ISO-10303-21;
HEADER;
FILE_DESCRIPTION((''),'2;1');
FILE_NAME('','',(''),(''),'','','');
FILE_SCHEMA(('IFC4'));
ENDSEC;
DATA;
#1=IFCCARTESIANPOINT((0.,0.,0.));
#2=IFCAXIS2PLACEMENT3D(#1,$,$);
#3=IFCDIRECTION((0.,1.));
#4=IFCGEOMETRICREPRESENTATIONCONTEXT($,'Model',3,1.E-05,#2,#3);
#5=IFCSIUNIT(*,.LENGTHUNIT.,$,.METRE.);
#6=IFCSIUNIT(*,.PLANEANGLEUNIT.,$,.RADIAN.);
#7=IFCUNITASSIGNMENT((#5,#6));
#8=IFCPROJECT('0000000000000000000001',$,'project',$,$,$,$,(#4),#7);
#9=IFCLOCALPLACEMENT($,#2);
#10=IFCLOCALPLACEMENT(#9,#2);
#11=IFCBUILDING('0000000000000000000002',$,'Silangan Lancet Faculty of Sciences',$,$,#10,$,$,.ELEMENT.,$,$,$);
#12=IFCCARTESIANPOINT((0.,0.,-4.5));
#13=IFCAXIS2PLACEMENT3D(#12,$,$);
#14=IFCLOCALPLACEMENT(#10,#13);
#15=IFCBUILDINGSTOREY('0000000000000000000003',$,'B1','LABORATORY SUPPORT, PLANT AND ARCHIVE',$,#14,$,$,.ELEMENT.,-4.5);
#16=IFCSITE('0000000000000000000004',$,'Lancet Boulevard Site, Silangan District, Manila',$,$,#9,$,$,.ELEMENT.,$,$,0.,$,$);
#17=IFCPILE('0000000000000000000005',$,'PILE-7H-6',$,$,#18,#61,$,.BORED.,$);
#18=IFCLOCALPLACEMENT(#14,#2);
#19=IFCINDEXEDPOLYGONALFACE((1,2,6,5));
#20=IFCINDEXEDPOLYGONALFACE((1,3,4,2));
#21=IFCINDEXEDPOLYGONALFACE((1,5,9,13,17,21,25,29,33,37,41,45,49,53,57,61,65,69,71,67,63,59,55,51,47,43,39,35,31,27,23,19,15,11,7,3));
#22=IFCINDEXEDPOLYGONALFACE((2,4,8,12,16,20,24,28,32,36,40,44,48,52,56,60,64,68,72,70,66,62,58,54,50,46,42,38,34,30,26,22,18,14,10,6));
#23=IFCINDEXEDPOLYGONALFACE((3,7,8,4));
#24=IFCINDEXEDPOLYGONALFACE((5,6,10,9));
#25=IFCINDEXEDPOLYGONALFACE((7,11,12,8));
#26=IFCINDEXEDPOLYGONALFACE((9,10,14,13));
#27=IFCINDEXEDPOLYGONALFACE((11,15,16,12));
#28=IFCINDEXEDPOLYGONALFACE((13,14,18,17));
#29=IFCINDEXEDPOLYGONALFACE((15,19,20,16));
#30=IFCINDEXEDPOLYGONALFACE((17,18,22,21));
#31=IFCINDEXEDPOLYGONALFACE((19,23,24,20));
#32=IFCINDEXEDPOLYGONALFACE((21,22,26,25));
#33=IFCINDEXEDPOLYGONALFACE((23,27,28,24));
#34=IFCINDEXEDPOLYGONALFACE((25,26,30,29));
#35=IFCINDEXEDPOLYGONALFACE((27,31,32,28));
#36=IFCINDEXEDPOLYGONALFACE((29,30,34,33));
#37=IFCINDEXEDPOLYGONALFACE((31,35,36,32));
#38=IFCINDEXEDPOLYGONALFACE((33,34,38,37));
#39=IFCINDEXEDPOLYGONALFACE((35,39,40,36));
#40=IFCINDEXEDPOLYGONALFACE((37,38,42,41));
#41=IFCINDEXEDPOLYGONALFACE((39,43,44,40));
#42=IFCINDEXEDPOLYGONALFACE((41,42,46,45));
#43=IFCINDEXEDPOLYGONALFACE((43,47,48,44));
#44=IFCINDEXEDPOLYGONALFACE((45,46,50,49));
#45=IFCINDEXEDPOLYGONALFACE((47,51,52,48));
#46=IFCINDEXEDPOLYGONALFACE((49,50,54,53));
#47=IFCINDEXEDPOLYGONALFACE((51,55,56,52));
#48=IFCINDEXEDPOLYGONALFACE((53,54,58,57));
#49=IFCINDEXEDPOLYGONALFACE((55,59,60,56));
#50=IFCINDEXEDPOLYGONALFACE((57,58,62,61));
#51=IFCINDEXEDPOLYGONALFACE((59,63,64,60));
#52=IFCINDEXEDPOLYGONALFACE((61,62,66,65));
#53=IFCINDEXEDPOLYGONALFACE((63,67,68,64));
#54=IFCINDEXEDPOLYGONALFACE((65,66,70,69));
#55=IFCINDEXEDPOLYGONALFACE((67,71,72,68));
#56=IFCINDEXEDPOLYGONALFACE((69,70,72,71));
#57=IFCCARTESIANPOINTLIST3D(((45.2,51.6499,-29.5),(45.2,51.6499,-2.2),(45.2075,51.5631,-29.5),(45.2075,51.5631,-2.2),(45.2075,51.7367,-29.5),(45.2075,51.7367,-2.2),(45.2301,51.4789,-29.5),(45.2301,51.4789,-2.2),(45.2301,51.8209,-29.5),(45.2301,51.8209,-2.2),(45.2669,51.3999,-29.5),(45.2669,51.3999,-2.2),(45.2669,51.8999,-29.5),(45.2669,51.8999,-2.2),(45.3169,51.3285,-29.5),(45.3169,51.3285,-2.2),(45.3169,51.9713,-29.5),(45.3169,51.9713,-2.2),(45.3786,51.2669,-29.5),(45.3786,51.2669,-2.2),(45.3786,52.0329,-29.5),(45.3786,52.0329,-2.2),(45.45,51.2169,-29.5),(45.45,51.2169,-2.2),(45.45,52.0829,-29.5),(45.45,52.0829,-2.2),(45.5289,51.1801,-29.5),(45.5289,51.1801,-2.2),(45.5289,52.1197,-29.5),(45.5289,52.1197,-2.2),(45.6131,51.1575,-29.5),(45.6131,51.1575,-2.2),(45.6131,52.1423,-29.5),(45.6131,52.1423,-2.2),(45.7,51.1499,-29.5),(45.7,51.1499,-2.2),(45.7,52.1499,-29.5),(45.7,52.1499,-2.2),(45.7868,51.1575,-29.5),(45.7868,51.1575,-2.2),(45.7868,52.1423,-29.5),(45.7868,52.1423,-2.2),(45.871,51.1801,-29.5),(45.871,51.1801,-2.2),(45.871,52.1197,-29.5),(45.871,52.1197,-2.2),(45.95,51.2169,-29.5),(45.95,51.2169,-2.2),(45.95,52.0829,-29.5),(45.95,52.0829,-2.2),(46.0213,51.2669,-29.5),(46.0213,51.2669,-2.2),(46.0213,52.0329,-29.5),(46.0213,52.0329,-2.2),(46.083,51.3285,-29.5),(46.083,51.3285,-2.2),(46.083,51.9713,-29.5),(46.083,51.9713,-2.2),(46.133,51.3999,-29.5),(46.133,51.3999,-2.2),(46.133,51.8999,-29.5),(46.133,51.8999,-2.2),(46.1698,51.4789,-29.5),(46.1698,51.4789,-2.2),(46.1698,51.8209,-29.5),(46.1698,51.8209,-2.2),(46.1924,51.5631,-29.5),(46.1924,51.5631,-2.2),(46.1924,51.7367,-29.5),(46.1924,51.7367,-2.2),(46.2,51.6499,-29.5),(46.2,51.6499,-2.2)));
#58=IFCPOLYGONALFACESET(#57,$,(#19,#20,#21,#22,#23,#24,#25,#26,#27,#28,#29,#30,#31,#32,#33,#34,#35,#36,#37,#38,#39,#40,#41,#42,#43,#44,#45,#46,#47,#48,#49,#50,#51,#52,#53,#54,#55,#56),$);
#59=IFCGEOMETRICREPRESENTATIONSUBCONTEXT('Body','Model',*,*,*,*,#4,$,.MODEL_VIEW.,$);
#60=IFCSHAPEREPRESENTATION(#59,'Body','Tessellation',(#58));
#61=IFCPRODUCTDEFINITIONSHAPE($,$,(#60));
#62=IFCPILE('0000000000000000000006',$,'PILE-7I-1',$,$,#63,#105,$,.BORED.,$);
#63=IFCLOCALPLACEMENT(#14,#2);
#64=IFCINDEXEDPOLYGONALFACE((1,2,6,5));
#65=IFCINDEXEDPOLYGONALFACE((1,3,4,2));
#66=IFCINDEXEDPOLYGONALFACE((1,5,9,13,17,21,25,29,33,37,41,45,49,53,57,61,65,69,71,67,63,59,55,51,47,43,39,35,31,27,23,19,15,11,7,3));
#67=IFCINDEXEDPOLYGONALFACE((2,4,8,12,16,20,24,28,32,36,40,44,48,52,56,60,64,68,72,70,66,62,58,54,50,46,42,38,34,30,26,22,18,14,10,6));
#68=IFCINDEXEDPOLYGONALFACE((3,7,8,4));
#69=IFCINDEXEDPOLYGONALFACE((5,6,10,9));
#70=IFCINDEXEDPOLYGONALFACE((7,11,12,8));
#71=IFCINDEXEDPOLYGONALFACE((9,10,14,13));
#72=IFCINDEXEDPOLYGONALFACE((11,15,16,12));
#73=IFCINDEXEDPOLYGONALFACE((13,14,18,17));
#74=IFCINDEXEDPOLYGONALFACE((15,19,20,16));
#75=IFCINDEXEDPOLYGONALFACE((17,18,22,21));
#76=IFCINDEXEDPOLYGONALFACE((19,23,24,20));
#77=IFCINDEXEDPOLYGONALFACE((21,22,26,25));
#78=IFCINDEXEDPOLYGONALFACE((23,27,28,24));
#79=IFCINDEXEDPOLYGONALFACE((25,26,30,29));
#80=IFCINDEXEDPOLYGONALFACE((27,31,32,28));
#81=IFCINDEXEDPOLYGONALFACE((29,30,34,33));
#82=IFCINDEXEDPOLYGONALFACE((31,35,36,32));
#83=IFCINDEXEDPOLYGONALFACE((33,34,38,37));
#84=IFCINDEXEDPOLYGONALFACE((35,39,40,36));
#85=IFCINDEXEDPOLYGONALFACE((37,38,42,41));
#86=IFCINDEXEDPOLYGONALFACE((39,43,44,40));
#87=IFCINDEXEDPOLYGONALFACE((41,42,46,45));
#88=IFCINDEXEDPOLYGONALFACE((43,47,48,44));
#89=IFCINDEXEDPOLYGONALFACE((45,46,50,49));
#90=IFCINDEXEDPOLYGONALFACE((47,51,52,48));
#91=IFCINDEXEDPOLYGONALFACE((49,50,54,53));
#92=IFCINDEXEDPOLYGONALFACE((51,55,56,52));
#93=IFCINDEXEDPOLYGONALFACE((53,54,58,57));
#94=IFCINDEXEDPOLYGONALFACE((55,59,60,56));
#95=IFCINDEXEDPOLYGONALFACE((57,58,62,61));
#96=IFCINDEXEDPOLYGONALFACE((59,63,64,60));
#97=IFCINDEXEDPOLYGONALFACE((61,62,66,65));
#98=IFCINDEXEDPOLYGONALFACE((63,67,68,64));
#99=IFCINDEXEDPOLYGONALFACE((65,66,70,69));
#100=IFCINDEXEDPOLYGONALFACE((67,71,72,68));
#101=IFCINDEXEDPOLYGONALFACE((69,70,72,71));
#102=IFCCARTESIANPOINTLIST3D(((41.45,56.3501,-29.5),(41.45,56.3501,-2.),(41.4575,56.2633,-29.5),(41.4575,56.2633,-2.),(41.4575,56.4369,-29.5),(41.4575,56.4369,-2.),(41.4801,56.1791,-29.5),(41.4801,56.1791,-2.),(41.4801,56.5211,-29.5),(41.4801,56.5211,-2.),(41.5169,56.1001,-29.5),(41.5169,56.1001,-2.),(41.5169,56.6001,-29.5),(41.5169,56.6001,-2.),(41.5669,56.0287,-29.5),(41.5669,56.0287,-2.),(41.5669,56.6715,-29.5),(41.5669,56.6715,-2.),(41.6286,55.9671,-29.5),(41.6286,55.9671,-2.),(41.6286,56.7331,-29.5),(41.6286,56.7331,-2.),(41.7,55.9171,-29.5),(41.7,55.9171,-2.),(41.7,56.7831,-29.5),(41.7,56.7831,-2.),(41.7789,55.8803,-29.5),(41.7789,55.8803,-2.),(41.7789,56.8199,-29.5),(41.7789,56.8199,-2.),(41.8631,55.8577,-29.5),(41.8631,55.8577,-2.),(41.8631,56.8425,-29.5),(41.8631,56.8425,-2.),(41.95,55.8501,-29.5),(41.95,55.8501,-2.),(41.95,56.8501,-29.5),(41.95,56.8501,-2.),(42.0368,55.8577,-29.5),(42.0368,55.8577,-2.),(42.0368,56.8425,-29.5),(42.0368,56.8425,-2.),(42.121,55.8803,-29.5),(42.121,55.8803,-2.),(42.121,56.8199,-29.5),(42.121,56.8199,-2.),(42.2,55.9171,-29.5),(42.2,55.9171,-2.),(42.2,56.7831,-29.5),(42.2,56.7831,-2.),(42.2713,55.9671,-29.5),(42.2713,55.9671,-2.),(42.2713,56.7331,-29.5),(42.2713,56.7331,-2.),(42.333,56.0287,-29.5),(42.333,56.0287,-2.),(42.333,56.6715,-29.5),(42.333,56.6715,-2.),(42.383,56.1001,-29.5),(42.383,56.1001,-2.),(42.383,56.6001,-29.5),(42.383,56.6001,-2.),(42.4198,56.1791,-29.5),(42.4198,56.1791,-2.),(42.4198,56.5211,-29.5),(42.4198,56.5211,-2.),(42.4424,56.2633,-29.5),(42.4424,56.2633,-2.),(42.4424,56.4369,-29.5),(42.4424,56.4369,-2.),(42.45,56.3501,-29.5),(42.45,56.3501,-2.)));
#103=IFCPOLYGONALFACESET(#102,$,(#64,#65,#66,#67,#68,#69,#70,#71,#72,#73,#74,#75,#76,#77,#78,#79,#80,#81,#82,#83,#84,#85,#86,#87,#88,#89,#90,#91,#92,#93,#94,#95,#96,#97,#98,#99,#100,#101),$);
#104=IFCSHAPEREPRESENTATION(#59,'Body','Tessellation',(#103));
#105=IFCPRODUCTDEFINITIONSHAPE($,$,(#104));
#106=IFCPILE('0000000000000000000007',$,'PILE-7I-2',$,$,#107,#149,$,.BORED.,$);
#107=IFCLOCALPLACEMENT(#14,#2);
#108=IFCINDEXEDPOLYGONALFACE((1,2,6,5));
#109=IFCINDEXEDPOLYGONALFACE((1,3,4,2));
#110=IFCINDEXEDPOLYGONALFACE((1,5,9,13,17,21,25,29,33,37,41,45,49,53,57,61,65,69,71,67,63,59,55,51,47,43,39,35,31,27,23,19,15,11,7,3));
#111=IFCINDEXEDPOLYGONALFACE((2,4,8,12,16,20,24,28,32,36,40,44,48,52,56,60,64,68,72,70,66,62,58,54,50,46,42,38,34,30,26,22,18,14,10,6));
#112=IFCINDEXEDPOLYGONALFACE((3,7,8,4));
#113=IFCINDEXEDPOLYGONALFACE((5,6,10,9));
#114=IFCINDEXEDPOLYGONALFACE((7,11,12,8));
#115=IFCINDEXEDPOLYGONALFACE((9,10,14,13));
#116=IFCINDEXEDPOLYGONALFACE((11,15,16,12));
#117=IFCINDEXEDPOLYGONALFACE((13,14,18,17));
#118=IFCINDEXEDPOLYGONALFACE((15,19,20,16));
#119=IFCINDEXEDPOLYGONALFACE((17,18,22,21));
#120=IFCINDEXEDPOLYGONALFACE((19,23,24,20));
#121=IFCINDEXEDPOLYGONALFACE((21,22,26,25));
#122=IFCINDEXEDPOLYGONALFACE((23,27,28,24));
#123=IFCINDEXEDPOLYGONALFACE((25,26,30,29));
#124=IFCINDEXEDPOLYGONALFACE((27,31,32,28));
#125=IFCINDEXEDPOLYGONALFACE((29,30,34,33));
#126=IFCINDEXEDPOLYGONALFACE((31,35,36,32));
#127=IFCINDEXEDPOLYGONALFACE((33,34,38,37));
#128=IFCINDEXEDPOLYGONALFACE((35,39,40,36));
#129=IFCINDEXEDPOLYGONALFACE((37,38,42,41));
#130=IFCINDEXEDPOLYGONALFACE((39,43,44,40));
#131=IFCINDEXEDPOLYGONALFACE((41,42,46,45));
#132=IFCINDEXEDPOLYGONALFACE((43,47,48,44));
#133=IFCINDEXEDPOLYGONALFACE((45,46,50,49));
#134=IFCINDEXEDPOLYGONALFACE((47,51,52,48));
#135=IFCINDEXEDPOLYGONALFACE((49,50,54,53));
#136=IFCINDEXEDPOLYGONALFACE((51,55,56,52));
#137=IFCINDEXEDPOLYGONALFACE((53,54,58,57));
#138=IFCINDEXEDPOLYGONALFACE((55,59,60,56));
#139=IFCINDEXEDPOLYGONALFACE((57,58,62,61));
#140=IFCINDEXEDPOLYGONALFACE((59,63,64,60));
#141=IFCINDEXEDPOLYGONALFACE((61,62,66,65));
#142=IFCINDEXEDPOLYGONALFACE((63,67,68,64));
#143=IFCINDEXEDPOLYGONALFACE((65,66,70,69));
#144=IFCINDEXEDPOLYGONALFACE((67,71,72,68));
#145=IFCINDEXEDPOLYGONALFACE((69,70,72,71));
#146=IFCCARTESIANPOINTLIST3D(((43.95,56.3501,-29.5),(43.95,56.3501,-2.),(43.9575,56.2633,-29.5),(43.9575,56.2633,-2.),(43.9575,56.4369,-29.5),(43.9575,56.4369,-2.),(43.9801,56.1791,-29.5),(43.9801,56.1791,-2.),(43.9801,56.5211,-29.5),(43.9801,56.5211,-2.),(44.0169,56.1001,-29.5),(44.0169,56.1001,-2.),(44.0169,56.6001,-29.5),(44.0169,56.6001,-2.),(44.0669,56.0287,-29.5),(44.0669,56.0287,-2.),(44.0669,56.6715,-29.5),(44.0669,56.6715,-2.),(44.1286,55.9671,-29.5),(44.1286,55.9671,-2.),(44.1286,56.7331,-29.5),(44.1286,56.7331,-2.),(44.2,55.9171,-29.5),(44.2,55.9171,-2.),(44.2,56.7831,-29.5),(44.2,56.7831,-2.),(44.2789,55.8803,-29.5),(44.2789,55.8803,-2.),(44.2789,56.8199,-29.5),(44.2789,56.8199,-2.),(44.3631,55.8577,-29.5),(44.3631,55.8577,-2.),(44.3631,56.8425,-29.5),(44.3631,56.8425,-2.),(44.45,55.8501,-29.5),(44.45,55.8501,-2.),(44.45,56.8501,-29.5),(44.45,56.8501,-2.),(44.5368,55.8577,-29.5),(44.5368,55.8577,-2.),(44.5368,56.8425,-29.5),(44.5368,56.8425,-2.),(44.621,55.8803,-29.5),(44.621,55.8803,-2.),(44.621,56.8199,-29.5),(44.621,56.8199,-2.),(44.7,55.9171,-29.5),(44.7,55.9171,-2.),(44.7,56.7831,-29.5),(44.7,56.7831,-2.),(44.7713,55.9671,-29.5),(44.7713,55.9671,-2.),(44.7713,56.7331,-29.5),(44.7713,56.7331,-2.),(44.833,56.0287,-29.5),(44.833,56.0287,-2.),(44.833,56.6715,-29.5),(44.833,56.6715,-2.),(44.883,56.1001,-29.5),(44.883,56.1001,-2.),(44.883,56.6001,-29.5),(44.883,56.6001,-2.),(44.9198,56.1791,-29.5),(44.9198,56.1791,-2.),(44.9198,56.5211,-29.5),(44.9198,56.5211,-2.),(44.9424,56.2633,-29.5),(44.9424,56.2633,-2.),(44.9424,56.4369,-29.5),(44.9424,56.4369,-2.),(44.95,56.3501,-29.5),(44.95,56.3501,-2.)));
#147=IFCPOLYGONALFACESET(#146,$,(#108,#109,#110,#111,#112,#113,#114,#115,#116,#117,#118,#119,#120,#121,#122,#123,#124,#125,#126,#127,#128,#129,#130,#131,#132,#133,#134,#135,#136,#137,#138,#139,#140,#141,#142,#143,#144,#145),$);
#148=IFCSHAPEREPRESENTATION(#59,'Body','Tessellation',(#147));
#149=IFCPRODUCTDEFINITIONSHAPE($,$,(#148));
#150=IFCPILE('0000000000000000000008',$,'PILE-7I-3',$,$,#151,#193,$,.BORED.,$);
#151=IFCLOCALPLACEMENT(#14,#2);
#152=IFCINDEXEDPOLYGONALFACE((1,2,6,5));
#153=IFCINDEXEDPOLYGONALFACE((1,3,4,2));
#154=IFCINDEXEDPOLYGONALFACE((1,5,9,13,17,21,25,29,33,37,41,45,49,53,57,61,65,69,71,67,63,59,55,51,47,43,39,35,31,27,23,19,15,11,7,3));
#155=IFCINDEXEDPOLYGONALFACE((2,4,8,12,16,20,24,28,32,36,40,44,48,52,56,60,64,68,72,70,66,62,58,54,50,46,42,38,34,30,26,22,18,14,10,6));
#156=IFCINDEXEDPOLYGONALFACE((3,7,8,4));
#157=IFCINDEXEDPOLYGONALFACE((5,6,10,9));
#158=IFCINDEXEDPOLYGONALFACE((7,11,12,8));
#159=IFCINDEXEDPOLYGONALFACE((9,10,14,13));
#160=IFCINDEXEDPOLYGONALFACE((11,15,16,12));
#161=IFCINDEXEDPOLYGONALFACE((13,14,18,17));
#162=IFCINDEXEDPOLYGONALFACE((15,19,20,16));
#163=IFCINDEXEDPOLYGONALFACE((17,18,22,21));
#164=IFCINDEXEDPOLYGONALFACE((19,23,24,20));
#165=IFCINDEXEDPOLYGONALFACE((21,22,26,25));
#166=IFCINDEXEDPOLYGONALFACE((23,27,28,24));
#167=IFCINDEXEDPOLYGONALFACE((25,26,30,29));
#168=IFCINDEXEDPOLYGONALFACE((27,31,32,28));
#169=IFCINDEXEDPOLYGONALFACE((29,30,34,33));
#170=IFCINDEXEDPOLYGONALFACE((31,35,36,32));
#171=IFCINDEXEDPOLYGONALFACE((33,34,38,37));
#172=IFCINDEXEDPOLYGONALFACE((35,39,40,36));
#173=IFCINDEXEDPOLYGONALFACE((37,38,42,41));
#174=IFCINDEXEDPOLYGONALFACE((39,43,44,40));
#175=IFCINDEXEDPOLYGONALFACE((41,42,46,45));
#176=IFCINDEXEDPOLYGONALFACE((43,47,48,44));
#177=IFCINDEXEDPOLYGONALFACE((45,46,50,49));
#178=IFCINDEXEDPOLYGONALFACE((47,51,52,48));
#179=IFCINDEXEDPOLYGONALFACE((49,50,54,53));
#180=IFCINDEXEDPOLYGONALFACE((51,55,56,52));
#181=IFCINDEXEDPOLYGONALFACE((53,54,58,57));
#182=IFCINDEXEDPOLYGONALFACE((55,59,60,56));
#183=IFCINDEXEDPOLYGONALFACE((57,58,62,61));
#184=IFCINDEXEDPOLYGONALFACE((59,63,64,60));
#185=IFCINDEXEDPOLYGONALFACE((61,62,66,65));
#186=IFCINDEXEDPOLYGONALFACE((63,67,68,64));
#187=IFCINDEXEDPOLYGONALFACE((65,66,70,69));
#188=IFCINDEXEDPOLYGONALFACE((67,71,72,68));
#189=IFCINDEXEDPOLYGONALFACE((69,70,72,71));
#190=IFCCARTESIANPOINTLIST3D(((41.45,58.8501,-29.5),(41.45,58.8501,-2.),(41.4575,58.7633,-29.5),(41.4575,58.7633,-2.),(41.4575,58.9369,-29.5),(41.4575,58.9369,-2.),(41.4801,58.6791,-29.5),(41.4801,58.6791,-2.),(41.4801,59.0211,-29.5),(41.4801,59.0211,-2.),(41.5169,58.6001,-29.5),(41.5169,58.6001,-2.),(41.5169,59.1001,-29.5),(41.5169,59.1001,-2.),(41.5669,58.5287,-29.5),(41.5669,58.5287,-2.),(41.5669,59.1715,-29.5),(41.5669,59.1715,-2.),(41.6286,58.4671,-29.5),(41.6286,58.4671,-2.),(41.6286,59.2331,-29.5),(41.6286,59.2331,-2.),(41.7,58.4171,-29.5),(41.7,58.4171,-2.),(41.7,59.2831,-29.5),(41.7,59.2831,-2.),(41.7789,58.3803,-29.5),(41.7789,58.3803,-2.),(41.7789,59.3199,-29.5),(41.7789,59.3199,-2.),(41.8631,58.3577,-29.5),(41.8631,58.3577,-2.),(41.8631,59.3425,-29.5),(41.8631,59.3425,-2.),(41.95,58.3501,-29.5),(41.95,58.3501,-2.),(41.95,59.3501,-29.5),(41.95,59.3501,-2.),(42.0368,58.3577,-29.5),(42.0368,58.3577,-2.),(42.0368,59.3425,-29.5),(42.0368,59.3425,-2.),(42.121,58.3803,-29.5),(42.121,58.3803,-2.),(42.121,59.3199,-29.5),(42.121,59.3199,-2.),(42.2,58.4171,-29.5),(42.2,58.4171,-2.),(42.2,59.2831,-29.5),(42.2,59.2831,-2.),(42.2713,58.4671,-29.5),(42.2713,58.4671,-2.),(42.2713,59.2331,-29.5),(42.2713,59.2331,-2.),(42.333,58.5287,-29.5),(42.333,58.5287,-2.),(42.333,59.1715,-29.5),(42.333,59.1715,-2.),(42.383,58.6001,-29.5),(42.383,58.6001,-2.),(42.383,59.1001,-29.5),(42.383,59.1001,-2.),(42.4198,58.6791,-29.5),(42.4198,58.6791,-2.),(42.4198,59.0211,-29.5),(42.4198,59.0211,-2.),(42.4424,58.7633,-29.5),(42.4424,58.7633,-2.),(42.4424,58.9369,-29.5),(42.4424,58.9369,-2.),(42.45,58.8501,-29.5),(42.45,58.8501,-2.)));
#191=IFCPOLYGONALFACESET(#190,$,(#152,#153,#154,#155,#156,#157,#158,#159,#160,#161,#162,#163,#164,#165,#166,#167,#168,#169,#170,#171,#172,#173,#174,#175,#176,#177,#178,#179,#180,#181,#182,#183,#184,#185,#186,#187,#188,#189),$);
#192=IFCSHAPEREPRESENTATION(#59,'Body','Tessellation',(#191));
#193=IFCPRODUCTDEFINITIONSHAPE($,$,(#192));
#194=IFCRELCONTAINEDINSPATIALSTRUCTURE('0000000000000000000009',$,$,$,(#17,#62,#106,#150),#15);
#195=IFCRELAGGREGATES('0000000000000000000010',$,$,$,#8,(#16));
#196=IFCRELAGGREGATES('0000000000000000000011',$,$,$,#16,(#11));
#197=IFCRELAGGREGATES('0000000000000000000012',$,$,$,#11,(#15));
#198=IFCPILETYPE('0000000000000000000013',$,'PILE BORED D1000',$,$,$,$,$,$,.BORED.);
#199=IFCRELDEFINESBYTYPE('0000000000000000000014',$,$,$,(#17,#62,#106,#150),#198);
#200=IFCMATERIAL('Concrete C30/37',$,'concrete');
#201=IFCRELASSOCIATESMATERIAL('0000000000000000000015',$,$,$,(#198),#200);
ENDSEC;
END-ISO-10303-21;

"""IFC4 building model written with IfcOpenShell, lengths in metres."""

from ifc_helpers import new_model, si_unit, direction, frame, origin, origin_2d, place, context, subcontext, project, spatial, circle, extrude, material, material_profile, profile_set, type_object, element, save


model = new_model("IFC4")

# Units and contexts
model_context = context("Model", 3, precision=1e-05, world=origin(), true_north=direction((0.0, 1.0)))
body_context = subcontext(model_context, "Body", "Model", "MODEL_VIEW")
ifc_project = project(units=[si_unit("LENGTHUNIT", "METRE"), si_unit("PLANEANGLEUNIT", "RADIAN")], contexts=[model_context])

# Site, building, storey
site_placement = place(None, origin())
site = spatial("IfcSite", under=ifc_project, at=site_placement, Name="Lancet Boulevard Site, Silangan District, Manila", CompositionType="ELEMENT", RefElevation=0.0)
building_placement = place(site_placement, origin())
building = spatial("IfcBuilding", under=site, at=building_placement, Name="Silangan Lancet Faculty of Sciences", CompositionType="ELEMENT")
storey_placement = place(building_placement, frame((0.0, 0.0, -4.5)))
storey = spatial("IfcBuildingStorey", under=building, at=storey_placement, Name="B1", Description="LABORATORY SUPPORT, PLANT AND ARCHIVE", CompositionType="ELEMENT", Elevation=-4.5)

# Piles
ifc_material_1 = material(Name="Concrete C30/37", Category="concrete")
ifc_material_profile_1 = material_profile(ifc_material_1, circle(Radius=0.5, at=origin_2d()), Name="BORED PILE D1000")
ifc_profile_set_1 = profile_set([ifc_material_profile_1], Name="Concrete C30/37")
pile_type = type_object("IfcPileType", Name="PILE BORED D1000", PredefinedType="BORED", material=ifc_profile_set_1)
pile_placement = place(storey_placement, frame((45.7, 51.6499, -2.2), z_axis=(0.0, 0.0, -1.0), x_axis=(1.0, 0.0, 0.0)))
element("IfcPile", 1, at=pile_placement, inside=storey, type_object=pile_type, Name="PILE-7H-6", PredefinedType="BORED", context=body_context, shape_type="SweptSolid", body=[
    extrude(circle(Radius=0.5, at=origin_2d()), origin(), (0.0, 0.0, 1.0), 27.3),
])
for number, where, z_axis, x_axis, name in (
    (2, (41.95, 56.3501, -2.0), (0.0, 0.0, -1.0), (1.0, 0.0, 0.0), "PILE-7I-1"),
    (3, (44.45, 56.3501, -2.0), (0.0, 0.0, -1.0), (1.0, 0.0, 0.0), "PILE-7I-2"),
    (4, (41.95, 58.8501, -2.0), (0.0, 0.0, -1.0), (1.0, 0.0, 0.0), "PILE-7I-3"),
):
    element("IfcPile", number, at=place(storey_placement, frame(where, z_axis=z_axis, x_axis=x_axis)), inside=storey, type_object=pile_type, Name=name, PredefinedType="BORED", context=body_context, shape_type="SweptSolid", body=[
        extrude(circle(Radius=0.5, at=origin_2d()), origin(), (0.0, 0.0, 1.0), 27.5),
    ])

save(model, "model.ifc")
